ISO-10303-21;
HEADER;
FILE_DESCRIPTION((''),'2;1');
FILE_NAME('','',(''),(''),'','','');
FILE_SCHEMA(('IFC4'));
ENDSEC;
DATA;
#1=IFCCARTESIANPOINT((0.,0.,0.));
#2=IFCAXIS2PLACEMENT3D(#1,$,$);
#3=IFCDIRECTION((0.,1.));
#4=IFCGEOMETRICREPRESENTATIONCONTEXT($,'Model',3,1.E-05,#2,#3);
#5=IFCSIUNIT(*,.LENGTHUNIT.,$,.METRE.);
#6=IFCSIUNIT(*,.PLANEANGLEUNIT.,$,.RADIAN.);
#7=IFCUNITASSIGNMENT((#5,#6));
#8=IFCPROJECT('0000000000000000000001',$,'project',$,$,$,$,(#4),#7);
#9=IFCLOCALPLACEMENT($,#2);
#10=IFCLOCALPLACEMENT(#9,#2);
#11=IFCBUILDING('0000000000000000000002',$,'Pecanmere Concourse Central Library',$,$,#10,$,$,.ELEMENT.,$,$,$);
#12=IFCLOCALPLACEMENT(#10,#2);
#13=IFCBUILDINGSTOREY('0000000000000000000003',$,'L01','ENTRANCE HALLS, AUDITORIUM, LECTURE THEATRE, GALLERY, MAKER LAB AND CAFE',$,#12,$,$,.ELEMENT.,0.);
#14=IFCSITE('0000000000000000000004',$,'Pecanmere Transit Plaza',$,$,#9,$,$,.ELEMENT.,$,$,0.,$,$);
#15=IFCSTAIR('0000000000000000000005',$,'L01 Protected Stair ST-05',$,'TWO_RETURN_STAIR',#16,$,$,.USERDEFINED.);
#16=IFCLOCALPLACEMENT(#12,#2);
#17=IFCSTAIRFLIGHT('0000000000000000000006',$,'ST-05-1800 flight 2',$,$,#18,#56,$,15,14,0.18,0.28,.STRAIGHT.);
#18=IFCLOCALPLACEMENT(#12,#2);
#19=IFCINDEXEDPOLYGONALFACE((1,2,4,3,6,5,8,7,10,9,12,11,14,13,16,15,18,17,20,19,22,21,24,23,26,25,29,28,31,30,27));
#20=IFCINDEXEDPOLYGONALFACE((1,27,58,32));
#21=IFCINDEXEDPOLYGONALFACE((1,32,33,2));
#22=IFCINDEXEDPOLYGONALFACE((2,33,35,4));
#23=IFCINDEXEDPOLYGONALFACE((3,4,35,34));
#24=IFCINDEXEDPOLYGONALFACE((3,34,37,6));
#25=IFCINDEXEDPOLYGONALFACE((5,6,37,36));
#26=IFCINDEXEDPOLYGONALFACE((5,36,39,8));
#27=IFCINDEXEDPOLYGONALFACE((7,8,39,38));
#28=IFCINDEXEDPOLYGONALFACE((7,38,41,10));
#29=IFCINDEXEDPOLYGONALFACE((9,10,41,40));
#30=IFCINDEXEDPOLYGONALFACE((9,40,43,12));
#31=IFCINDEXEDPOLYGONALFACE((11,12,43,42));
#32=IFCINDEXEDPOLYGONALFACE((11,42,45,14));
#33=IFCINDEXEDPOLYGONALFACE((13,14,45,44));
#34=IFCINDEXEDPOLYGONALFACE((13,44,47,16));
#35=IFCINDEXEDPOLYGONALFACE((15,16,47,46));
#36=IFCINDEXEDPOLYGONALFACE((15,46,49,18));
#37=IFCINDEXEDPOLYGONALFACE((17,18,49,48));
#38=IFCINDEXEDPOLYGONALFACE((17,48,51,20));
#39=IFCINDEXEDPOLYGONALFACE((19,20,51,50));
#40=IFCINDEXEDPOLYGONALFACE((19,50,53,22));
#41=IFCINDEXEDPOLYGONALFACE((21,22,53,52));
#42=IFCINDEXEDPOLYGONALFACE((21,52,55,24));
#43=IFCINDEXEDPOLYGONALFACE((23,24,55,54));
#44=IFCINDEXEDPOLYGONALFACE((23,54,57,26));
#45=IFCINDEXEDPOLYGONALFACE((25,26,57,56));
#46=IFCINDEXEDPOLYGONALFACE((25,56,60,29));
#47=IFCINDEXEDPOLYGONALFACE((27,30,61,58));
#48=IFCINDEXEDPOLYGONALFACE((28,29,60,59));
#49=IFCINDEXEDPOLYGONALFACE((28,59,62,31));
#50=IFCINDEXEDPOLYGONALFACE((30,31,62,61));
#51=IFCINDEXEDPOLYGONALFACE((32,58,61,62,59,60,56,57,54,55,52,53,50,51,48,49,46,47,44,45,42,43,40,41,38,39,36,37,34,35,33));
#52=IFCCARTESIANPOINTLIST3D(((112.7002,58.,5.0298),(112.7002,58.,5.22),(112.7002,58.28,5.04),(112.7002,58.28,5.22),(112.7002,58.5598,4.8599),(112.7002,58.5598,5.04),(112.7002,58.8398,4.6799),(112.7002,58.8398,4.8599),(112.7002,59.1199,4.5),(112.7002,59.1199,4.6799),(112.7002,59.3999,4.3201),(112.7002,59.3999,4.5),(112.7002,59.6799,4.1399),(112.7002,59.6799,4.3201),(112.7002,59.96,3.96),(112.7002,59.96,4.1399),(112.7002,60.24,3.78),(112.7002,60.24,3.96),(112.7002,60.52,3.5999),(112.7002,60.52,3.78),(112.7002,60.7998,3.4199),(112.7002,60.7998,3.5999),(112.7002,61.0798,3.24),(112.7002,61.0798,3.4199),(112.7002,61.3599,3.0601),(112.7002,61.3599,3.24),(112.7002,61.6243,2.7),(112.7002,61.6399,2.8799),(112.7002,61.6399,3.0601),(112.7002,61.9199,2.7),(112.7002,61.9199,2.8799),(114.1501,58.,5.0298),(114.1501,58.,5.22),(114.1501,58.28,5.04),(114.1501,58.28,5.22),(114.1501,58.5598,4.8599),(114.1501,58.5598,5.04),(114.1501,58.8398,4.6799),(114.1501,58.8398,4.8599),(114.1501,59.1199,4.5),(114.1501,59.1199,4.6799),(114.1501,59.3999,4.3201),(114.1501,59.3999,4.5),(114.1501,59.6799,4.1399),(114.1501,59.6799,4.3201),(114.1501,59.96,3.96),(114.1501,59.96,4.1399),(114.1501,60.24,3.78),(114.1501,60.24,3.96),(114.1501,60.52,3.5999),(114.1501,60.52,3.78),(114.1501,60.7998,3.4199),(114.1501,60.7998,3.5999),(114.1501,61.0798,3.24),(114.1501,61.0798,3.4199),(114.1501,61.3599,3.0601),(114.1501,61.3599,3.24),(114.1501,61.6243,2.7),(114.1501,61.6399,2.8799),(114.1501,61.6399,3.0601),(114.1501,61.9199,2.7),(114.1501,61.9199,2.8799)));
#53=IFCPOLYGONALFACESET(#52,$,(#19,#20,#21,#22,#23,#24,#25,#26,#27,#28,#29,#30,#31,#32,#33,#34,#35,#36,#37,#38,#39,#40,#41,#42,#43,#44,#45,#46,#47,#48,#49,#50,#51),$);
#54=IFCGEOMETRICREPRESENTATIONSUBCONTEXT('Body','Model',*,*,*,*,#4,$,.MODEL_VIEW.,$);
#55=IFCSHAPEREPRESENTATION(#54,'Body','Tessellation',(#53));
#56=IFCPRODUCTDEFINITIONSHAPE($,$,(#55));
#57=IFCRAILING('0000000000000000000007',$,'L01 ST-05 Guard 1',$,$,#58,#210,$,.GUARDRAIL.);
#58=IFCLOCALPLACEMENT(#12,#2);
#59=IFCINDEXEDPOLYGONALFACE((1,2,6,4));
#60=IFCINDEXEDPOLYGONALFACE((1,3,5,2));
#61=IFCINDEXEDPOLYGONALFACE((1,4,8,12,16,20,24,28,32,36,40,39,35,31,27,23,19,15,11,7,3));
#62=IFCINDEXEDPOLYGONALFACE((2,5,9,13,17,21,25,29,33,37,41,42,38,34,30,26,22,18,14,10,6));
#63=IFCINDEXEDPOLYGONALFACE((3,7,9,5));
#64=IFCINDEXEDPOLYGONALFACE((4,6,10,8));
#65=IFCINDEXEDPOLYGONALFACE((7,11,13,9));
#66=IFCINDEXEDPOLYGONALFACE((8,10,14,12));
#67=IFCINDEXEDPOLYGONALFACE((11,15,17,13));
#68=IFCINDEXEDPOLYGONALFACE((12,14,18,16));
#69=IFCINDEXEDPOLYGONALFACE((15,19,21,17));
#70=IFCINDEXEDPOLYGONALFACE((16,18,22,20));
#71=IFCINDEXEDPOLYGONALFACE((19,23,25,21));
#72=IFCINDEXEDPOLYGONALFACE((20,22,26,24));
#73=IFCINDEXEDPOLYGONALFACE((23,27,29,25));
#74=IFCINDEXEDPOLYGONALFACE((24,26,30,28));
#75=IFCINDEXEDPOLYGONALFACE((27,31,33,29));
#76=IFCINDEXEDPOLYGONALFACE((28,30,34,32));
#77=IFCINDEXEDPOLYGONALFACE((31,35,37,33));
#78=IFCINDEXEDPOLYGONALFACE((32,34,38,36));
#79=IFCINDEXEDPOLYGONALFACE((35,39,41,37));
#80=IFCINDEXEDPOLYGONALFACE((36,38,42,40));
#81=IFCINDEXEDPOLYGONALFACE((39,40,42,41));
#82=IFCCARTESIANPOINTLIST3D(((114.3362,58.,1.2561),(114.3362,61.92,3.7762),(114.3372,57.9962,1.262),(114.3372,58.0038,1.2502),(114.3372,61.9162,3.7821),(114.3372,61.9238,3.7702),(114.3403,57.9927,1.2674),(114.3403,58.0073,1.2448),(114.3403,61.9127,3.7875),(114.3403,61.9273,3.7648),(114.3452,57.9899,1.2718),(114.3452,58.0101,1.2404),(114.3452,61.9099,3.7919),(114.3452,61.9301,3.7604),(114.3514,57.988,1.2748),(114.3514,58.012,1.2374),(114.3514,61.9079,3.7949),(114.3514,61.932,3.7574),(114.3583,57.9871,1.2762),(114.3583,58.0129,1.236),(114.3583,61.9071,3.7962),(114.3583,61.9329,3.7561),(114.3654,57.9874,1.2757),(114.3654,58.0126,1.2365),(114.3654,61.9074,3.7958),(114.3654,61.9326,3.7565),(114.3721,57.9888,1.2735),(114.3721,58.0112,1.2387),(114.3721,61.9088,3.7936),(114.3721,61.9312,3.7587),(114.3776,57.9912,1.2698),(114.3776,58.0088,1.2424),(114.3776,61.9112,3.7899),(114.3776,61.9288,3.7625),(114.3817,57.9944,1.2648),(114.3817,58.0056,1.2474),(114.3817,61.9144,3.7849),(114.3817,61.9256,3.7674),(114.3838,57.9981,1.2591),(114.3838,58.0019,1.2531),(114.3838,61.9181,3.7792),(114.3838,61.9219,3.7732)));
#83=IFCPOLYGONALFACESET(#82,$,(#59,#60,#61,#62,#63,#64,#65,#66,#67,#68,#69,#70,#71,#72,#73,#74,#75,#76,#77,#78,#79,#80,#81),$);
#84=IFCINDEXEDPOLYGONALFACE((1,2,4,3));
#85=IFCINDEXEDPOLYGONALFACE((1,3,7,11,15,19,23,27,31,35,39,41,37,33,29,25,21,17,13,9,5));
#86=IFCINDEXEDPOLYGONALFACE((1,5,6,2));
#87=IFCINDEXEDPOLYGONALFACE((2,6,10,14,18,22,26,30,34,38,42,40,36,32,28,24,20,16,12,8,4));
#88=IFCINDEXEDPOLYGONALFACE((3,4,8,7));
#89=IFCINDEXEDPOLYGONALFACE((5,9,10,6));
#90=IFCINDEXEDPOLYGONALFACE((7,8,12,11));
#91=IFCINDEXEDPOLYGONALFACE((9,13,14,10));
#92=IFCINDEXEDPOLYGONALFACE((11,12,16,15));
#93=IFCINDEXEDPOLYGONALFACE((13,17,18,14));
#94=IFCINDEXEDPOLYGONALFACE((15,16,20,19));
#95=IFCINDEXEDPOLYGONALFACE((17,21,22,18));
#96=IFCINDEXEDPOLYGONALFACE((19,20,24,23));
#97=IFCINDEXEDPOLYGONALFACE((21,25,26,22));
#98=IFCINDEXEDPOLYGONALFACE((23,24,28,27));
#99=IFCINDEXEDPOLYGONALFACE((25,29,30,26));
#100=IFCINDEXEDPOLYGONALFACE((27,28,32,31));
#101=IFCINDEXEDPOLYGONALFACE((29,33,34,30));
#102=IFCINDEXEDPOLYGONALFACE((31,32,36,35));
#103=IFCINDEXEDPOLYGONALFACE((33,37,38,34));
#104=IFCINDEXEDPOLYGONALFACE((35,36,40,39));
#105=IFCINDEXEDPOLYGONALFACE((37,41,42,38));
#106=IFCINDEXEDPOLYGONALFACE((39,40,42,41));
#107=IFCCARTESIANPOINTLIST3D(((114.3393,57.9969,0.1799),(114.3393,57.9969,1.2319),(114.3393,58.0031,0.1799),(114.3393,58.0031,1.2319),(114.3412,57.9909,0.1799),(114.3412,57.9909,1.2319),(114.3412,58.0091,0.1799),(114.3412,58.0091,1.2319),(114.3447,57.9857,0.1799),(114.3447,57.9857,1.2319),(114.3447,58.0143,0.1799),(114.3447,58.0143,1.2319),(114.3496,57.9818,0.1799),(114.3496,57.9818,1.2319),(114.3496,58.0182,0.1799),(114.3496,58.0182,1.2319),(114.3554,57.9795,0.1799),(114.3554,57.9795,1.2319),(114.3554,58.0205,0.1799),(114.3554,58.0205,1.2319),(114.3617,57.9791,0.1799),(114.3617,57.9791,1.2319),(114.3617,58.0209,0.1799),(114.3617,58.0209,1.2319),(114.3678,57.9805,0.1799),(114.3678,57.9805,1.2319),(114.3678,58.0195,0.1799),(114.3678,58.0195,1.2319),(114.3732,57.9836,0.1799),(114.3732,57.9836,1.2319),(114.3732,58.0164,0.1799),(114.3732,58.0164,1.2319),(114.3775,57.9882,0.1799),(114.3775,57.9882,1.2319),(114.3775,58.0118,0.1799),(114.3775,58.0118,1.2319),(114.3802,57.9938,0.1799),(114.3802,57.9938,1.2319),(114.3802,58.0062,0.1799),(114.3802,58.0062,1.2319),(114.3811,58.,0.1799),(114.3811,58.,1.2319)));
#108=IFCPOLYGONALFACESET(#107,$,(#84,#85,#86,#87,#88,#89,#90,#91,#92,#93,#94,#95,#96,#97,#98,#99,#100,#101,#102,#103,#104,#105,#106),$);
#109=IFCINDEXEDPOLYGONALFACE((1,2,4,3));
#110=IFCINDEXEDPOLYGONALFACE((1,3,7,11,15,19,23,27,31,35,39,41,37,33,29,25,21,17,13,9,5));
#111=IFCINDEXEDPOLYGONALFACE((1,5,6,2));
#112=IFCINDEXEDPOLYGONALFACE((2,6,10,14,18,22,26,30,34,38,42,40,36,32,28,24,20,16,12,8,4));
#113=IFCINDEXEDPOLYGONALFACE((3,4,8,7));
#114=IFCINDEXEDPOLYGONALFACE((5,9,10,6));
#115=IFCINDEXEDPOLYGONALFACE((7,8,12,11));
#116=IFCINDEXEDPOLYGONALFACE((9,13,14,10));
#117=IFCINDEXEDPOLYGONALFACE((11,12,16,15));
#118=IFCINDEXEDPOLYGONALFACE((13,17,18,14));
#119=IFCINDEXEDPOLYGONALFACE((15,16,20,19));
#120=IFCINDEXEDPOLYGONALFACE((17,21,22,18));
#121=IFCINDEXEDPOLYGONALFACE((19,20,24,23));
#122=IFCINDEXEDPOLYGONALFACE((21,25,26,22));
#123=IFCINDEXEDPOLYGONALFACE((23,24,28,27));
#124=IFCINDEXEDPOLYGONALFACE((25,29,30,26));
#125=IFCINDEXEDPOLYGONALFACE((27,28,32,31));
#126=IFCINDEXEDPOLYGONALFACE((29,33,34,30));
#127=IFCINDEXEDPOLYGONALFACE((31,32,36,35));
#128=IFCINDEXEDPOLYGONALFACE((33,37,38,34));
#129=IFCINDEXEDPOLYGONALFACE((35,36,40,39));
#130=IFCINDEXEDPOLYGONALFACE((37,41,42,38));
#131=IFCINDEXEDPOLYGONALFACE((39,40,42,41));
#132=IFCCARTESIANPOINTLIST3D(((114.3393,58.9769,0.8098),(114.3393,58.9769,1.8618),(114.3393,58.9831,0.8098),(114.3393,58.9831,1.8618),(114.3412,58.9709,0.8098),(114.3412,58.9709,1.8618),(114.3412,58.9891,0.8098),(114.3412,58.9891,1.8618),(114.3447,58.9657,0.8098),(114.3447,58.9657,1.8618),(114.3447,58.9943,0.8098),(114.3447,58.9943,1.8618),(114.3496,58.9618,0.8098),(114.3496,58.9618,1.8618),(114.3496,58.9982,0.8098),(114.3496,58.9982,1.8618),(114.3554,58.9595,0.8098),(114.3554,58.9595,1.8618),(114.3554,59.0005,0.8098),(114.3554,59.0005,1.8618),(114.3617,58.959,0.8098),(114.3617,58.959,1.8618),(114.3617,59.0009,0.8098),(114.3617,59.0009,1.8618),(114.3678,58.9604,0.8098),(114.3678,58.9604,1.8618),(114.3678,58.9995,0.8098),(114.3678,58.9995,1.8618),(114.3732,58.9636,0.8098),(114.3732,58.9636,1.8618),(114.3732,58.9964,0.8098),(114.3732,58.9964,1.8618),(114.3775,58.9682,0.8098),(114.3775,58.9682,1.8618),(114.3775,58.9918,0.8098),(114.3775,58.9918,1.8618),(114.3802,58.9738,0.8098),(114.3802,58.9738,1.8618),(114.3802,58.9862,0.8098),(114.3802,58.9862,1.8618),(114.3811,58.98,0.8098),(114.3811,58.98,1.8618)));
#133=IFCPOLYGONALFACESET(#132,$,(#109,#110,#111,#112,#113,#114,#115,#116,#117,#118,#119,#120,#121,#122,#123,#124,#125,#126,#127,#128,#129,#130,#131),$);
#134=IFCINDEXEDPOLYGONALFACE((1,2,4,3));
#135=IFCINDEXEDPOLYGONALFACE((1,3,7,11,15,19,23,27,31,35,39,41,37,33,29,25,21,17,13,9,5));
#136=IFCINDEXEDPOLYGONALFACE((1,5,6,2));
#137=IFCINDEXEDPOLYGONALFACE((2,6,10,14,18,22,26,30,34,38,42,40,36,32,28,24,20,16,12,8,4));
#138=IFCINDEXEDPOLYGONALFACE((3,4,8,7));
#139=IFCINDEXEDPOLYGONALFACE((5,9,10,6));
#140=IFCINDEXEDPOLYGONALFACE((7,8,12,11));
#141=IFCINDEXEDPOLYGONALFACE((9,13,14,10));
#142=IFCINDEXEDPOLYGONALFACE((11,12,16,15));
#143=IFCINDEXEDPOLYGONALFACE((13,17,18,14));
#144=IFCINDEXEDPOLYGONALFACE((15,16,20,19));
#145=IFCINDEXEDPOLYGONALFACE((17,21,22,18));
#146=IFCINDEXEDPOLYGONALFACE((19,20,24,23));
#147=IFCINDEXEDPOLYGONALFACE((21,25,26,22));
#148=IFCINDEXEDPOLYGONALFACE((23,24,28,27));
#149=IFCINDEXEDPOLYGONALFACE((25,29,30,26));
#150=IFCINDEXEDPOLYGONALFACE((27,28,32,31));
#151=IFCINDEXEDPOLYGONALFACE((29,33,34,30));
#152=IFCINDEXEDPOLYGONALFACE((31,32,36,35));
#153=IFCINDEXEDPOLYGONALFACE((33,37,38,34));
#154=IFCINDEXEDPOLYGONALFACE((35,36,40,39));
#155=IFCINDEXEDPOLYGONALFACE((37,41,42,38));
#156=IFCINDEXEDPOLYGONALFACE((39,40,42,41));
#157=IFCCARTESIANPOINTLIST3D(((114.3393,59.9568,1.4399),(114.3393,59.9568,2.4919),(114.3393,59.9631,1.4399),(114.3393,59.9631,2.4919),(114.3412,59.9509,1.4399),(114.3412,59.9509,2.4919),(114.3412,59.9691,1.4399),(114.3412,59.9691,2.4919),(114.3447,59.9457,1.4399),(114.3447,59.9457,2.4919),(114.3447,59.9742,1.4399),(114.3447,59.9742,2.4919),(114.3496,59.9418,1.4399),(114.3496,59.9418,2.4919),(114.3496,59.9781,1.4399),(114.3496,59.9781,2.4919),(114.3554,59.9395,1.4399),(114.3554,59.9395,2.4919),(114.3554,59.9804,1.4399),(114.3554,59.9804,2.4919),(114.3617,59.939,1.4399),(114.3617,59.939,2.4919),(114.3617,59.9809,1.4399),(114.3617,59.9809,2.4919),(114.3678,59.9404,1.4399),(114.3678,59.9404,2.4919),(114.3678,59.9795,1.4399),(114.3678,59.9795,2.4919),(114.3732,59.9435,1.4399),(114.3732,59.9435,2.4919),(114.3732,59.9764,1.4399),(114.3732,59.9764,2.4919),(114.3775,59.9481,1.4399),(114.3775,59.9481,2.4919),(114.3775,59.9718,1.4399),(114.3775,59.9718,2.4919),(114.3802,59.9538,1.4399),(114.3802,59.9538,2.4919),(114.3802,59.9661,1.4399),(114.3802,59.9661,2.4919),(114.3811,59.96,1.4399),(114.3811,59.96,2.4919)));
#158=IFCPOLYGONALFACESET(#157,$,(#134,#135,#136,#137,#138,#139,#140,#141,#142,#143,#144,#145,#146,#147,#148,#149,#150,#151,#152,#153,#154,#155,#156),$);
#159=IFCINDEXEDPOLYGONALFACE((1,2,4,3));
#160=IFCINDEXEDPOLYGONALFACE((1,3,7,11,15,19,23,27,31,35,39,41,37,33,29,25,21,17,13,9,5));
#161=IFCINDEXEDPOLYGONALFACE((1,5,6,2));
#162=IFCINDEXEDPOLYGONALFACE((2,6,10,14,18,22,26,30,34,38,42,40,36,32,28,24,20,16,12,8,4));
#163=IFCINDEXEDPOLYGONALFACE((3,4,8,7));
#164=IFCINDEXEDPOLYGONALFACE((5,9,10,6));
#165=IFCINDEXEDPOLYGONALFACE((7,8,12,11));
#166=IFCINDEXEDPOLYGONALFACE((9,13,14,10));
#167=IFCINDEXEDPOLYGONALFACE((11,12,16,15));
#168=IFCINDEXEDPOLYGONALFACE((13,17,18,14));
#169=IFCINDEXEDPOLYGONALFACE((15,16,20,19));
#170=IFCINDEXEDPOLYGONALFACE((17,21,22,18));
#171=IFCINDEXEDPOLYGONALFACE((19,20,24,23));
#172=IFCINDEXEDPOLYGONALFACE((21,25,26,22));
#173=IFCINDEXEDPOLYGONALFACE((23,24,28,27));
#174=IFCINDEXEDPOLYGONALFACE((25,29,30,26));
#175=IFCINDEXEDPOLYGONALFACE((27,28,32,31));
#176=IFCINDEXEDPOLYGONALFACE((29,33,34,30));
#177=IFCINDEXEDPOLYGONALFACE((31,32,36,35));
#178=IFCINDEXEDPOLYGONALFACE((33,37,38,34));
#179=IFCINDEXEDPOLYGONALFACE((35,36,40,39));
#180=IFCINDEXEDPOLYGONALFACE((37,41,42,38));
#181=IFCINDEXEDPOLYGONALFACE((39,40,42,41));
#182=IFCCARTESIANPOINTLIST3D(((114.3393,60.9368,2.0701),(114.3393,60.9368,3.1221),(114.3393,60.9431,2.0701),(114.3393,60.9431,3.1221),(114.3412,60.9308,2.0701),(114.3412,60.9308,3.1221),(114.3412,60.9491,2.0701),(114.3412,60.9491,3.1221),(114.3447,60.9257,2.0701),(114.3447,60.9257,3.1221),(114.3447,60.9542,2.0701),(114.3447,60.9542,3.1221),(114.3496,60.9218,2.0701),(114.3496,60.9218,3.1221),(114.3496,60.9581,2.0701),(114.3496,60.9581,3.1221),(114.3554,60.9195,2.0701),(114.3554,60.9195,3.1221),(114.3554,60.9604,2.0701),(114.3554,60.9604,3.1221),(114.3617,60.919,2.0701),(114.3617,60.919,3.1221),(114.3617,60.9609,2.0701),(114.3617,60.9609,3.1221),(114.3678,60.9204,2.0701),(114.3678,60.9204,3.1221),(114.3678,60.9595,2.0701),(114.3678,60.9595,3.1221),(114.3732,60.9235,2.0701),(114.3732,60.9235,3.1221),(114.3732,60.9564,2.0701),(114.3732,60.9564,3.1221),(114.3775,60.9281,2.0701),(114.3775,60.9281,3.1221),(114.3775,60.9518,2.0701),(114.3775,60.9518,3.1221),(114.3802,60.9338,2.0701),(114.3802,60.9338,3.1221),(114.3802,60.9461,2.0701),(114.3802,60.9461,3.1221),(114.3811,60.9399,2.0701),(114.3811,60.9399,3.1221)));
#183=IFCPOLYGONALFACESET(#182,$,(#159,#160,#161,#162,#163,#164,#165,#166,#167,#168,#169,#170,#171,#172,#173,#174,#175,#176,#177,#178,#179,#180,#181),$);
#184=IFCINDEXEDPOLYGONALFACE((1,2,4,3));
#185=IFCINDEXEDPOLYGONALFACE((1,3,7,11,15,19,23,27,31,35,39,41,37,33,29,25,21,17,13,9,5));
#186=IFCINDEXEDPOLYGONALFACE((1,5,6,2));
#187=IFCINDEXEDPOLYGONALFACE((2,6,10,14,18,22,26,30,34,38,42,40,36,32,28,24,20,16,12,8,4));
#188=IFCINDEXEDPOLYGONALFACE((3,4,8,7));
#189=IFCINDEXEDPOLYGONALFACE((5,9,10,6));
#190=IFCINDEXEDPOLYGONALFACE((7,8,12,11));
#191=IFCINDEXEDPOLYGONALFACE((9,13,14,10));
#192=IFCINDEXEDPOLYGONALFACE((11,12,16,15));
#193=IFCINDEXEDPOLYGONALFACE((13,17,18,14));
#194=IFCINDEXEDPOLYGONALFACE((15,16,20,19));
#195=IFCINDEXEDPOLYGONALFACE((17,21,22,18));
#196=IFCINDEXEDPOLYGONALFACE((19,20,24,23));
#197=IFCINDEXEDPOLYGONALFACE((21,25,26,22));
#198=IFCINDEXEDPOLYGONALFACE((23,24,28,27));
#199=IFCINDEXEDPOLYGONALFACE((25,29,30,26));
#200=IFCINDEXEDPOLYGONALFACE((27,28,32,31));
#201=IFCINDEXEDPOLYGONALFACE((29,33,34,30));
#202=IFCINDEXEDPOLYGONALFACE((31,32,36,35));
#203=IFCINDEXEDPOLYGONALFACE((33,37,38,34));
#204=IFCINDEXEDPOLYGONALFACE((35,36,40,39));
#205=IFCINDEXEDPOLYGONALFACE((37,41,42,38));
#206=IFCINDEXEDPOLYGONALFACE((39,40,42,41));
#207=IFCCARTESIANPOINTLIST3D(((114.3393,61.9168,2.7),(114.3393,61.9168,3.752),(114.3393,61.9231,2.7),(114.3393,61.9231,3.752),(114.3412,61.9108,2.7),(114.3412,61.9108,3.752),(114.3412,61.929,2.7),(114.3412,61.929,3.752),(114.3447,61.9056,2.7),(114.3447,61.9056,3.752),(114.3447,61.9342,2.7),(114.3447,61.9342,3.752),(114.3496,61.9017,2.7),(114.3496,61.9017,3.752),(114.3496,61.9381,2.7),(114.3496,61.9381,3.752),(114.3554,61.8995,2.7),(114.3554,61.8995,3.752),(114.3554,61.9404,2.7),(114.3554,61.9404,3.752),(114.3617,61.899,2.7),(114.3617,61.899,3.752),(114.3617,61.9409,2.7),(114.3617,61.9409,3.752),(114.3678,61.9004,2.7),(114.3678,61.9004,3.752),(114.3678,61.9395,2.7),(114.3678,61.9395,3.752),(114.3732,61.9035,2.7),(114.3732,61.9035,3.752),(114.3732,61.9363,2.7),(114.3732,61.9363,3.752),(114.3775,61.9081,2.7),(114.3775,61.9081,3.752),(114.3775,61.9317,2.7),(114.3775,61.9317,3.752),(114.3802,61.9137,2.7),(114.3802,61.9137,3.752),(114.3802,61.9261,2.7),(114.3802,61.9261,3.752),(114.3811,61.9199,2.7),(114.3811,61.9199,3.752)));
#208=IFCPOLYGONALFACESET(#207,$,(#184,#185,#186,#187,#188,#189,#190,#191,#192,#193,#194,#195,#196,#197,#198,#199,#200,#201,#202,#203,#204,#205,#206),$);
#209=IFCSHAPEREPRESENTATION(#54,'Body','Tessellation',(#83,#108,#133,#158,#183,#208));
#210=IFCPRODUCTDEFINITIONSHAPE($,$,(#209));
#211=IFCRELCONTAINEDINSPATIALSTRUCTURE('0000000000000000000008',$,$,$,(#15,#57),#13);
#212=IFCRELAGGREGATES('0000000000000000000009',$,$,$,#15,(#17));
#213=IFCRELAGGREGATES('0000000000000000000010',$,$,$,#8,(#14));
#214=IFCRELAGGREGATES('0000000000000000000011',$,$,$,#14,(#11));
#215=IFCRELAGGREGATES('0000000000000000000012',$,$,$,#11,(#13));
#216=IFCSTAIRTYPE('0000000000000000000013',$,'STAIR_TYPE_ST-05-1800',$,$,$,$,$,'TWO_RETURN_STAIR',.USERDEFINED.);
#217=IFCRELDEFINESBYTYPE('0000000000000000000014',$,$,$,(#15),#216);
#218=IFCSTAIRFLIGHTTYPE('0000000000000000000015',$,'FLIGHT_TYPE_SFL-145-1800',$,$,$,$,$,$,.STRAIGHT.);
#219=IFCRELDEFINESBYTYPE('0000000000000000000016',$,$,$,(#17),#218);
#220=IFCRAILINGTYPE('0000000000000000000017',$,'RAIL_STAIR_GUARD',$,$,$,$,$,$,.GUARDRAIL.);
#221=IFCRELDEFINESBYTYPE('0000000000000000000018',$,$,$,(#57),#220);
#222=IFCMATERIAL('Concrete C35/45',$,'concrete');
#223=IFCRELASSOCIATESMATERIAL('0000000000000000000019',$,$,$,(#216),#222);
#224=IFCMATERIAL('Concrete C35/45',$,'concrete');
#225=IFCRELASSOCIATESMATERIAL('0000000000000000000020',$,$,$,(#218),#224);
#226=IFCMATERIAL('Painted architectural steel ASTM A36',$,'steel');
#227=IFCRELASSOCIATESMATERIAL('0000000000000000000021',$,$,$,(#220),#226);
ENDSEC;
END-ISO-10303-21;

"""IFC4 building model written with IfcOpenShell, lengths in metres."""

from ifc_helpers import new_model, si_unit, direction, frame, origin, origin_2d, place, context, subcontext, project, spatial, polyline, circle, outline, extrude, material, type_object, element, aggregate, save


model = new_model("IFC4")

# Units and contexts
model_context = context("Model", 3, precision=1e-05, world=origin(), true_north=direction((0.0, 1.0)))
body_context = subcontext(model_context, "Body", "Model", "MODEL_VIEW")
ifc_project = project(units=[si_unit("LENGTHUNIT", "METRE"), si_unit("PLANEANGLEUNIT", "RADIAN")], contexts=[model_context])

# Site, building, storey
site_placement = place(None, origin())
site = spatial("IfcSite", under=ifc_project, at=site_placement, Name="Pecanmere Transit Plaza", CompositionType="ELEMENT", RefElevation=0.0)
building_placement = place(site_placement, origin())
building = spatial("IfcBuilding", under=site, at=building_placement, Name="Pecanmere Concourse Central Library", CompositionType="ELEMENT")
storey_placement = place(building_placement, origin())
storey = spatial("IfcBuildingStorey", under=building, at=storey_placement, Name="L01", Description="ENTRANCE HALLS, AUDITORIUM, LECTURE THEATRE, GALLERY, MAKER LAB AND CAFE", CompositionType="ELEMENT", Elevation=0.0)

# Stair, stair flight
ifc_material_1 = material(Name="Concrete C35/45", Category="concrete")
stair_type = type_object("IfcStairType", Name="STAIR_TYPE_ST-05-1800", ElementType="TWO_RETURN_STAIR", PredefinedType="USERDEFINED", material=ifc_material_1)
stair_placement = place(storey_placement, origin())
stair = element("IfcStair", 1, at=stair_placement, inside=storey, type_object=stair_type, Name="L01 Protected Stair ST-05", ObjectType="TWO_RETURN_STAIR", PredefinedType="USERDEFINED")
ifc_material_2 = material(Name="Concrete C35/45", Category="concrete")
stair_flight_type = type_object("IfcStairFlightType", Name="FLIGHT_TYPE_SFL-145-1800", PredefinedType="STRAIGHT", material=ifc_material_2)
stair_flight_1_placement = place(storey_placement, frame((113.425, 61.9199, 2.7), z_axis=(0.0, 0.0, 1.0), x_axis=(0.0, -1.0, 0.0)))
stair_flight_1 = element("IfcStairFlight", 2, at=stair_flight_1_placement, type_object=stair_flight_type, Name="ST-05-1800 flight 2", NumberOfRisers=15, NumberOfTreads=14, PredefinedType="STRAIGHT", RiserHeight=0.18, TreadLength=0.28, context=body_context, shape_type="SweptSolid", body=[
    extrude(outline(polyline([(0.0, 0.0), (0.0, 0.1799), (0.28, 0.1799), (0.28, 0.3601), (0.5601, 0.3601), (0.5601, 0.54), (0.8401, 0.54), (0.8401, 0.72), (1.1201, 0.72), (1.1201, 0.8999), (1.3999, 0.8999), (1.3999, 1.0801), (1.6799, 1.0801), (1.6799, 1.26), (1.96, 1.26), (1.96, 1.4399), (2.24, 1.4399), (2.24, 1.6201), (2.52, 1.6201), (2.52, 1.8), (2.8, 1.8), (2.8, 1.98), (3.0801, 1.98), (3.0801, 2.1599), (3.3601, 2.1599), (3.3601, 2.3401), (3.6399, 2.3401), (3.6399, 2.52), (3.9199, 2.52), (3.9199, 2.7), (3.9199, 2.3298), (0.2957, 0.0), (0.0, 0.0)])), frame((0.0, 0.7251, 0.0), z_axis=(0.0, -1.0, 0.0), x_axis=(1.0, 0.0, 0.0)), (0.0, 0.0, 1.0), 1.45),
])
aggregate(stair, [stair_flight_1])

# Railing
ifc_material_3 = material(Name="Painted architectural steel ASTM A36", Category="steel")
railing_type_1 = type_object("IfcRailingType", Name="RAIL_STAIR_GUARD", PredefinedType="GUARDRAIL", material=ifc_material_3)
railing_1_placement = place(storey_placement, frame((114.3601, 58.0, 0.1799)))
element("IfcRailing", 3, at=railing_1_placement, inside=storey, type_object=railing_type_1, Name="L01 ST-05 Guard 1", PredefinedType="GUARDRAIL", context=body_context, shape_type="SweptSolid", body=[
    extrude(circle(Radius=0.0239, at=origin_2d()), frame((0.0, 0.0, 1.0762), z_axis=(0.0, 0.841172, 0.540768), x_axis=(-1.0, 0.0, 0.0)), (0.0, 0.0, 1.0), 4.6602),
    extrude(circle(Radius=0.021, at=origin_2d()), origin(), (0.0, 0.0, 1.0), 1.052),
    extrude(circle(Radius=0.021, at=origin_2d()), frame((0.0, 0.98, 0.6299)), (0.0, 0.0, 1.0), 1.052),
    extrude(circle(Radius=0.021, at=origin_2d()), frame((0.0, 1.96, 1.26)), (0.0, 0.0, 1.0), 1.052),
    extrude(circle(Radius=0.021, at=origin_2d()), frame((0.0, 2.9399, 1.8901)), (0.0, 0.0, 1.0), 1.052),
    extrude(circle(Radius=0.021, at=origin_2d()), frame((0.0, 3.9199, 2.52)), (0.0, 0.0, 1.0), 1.052),
])

save(model, "model.ifc")
